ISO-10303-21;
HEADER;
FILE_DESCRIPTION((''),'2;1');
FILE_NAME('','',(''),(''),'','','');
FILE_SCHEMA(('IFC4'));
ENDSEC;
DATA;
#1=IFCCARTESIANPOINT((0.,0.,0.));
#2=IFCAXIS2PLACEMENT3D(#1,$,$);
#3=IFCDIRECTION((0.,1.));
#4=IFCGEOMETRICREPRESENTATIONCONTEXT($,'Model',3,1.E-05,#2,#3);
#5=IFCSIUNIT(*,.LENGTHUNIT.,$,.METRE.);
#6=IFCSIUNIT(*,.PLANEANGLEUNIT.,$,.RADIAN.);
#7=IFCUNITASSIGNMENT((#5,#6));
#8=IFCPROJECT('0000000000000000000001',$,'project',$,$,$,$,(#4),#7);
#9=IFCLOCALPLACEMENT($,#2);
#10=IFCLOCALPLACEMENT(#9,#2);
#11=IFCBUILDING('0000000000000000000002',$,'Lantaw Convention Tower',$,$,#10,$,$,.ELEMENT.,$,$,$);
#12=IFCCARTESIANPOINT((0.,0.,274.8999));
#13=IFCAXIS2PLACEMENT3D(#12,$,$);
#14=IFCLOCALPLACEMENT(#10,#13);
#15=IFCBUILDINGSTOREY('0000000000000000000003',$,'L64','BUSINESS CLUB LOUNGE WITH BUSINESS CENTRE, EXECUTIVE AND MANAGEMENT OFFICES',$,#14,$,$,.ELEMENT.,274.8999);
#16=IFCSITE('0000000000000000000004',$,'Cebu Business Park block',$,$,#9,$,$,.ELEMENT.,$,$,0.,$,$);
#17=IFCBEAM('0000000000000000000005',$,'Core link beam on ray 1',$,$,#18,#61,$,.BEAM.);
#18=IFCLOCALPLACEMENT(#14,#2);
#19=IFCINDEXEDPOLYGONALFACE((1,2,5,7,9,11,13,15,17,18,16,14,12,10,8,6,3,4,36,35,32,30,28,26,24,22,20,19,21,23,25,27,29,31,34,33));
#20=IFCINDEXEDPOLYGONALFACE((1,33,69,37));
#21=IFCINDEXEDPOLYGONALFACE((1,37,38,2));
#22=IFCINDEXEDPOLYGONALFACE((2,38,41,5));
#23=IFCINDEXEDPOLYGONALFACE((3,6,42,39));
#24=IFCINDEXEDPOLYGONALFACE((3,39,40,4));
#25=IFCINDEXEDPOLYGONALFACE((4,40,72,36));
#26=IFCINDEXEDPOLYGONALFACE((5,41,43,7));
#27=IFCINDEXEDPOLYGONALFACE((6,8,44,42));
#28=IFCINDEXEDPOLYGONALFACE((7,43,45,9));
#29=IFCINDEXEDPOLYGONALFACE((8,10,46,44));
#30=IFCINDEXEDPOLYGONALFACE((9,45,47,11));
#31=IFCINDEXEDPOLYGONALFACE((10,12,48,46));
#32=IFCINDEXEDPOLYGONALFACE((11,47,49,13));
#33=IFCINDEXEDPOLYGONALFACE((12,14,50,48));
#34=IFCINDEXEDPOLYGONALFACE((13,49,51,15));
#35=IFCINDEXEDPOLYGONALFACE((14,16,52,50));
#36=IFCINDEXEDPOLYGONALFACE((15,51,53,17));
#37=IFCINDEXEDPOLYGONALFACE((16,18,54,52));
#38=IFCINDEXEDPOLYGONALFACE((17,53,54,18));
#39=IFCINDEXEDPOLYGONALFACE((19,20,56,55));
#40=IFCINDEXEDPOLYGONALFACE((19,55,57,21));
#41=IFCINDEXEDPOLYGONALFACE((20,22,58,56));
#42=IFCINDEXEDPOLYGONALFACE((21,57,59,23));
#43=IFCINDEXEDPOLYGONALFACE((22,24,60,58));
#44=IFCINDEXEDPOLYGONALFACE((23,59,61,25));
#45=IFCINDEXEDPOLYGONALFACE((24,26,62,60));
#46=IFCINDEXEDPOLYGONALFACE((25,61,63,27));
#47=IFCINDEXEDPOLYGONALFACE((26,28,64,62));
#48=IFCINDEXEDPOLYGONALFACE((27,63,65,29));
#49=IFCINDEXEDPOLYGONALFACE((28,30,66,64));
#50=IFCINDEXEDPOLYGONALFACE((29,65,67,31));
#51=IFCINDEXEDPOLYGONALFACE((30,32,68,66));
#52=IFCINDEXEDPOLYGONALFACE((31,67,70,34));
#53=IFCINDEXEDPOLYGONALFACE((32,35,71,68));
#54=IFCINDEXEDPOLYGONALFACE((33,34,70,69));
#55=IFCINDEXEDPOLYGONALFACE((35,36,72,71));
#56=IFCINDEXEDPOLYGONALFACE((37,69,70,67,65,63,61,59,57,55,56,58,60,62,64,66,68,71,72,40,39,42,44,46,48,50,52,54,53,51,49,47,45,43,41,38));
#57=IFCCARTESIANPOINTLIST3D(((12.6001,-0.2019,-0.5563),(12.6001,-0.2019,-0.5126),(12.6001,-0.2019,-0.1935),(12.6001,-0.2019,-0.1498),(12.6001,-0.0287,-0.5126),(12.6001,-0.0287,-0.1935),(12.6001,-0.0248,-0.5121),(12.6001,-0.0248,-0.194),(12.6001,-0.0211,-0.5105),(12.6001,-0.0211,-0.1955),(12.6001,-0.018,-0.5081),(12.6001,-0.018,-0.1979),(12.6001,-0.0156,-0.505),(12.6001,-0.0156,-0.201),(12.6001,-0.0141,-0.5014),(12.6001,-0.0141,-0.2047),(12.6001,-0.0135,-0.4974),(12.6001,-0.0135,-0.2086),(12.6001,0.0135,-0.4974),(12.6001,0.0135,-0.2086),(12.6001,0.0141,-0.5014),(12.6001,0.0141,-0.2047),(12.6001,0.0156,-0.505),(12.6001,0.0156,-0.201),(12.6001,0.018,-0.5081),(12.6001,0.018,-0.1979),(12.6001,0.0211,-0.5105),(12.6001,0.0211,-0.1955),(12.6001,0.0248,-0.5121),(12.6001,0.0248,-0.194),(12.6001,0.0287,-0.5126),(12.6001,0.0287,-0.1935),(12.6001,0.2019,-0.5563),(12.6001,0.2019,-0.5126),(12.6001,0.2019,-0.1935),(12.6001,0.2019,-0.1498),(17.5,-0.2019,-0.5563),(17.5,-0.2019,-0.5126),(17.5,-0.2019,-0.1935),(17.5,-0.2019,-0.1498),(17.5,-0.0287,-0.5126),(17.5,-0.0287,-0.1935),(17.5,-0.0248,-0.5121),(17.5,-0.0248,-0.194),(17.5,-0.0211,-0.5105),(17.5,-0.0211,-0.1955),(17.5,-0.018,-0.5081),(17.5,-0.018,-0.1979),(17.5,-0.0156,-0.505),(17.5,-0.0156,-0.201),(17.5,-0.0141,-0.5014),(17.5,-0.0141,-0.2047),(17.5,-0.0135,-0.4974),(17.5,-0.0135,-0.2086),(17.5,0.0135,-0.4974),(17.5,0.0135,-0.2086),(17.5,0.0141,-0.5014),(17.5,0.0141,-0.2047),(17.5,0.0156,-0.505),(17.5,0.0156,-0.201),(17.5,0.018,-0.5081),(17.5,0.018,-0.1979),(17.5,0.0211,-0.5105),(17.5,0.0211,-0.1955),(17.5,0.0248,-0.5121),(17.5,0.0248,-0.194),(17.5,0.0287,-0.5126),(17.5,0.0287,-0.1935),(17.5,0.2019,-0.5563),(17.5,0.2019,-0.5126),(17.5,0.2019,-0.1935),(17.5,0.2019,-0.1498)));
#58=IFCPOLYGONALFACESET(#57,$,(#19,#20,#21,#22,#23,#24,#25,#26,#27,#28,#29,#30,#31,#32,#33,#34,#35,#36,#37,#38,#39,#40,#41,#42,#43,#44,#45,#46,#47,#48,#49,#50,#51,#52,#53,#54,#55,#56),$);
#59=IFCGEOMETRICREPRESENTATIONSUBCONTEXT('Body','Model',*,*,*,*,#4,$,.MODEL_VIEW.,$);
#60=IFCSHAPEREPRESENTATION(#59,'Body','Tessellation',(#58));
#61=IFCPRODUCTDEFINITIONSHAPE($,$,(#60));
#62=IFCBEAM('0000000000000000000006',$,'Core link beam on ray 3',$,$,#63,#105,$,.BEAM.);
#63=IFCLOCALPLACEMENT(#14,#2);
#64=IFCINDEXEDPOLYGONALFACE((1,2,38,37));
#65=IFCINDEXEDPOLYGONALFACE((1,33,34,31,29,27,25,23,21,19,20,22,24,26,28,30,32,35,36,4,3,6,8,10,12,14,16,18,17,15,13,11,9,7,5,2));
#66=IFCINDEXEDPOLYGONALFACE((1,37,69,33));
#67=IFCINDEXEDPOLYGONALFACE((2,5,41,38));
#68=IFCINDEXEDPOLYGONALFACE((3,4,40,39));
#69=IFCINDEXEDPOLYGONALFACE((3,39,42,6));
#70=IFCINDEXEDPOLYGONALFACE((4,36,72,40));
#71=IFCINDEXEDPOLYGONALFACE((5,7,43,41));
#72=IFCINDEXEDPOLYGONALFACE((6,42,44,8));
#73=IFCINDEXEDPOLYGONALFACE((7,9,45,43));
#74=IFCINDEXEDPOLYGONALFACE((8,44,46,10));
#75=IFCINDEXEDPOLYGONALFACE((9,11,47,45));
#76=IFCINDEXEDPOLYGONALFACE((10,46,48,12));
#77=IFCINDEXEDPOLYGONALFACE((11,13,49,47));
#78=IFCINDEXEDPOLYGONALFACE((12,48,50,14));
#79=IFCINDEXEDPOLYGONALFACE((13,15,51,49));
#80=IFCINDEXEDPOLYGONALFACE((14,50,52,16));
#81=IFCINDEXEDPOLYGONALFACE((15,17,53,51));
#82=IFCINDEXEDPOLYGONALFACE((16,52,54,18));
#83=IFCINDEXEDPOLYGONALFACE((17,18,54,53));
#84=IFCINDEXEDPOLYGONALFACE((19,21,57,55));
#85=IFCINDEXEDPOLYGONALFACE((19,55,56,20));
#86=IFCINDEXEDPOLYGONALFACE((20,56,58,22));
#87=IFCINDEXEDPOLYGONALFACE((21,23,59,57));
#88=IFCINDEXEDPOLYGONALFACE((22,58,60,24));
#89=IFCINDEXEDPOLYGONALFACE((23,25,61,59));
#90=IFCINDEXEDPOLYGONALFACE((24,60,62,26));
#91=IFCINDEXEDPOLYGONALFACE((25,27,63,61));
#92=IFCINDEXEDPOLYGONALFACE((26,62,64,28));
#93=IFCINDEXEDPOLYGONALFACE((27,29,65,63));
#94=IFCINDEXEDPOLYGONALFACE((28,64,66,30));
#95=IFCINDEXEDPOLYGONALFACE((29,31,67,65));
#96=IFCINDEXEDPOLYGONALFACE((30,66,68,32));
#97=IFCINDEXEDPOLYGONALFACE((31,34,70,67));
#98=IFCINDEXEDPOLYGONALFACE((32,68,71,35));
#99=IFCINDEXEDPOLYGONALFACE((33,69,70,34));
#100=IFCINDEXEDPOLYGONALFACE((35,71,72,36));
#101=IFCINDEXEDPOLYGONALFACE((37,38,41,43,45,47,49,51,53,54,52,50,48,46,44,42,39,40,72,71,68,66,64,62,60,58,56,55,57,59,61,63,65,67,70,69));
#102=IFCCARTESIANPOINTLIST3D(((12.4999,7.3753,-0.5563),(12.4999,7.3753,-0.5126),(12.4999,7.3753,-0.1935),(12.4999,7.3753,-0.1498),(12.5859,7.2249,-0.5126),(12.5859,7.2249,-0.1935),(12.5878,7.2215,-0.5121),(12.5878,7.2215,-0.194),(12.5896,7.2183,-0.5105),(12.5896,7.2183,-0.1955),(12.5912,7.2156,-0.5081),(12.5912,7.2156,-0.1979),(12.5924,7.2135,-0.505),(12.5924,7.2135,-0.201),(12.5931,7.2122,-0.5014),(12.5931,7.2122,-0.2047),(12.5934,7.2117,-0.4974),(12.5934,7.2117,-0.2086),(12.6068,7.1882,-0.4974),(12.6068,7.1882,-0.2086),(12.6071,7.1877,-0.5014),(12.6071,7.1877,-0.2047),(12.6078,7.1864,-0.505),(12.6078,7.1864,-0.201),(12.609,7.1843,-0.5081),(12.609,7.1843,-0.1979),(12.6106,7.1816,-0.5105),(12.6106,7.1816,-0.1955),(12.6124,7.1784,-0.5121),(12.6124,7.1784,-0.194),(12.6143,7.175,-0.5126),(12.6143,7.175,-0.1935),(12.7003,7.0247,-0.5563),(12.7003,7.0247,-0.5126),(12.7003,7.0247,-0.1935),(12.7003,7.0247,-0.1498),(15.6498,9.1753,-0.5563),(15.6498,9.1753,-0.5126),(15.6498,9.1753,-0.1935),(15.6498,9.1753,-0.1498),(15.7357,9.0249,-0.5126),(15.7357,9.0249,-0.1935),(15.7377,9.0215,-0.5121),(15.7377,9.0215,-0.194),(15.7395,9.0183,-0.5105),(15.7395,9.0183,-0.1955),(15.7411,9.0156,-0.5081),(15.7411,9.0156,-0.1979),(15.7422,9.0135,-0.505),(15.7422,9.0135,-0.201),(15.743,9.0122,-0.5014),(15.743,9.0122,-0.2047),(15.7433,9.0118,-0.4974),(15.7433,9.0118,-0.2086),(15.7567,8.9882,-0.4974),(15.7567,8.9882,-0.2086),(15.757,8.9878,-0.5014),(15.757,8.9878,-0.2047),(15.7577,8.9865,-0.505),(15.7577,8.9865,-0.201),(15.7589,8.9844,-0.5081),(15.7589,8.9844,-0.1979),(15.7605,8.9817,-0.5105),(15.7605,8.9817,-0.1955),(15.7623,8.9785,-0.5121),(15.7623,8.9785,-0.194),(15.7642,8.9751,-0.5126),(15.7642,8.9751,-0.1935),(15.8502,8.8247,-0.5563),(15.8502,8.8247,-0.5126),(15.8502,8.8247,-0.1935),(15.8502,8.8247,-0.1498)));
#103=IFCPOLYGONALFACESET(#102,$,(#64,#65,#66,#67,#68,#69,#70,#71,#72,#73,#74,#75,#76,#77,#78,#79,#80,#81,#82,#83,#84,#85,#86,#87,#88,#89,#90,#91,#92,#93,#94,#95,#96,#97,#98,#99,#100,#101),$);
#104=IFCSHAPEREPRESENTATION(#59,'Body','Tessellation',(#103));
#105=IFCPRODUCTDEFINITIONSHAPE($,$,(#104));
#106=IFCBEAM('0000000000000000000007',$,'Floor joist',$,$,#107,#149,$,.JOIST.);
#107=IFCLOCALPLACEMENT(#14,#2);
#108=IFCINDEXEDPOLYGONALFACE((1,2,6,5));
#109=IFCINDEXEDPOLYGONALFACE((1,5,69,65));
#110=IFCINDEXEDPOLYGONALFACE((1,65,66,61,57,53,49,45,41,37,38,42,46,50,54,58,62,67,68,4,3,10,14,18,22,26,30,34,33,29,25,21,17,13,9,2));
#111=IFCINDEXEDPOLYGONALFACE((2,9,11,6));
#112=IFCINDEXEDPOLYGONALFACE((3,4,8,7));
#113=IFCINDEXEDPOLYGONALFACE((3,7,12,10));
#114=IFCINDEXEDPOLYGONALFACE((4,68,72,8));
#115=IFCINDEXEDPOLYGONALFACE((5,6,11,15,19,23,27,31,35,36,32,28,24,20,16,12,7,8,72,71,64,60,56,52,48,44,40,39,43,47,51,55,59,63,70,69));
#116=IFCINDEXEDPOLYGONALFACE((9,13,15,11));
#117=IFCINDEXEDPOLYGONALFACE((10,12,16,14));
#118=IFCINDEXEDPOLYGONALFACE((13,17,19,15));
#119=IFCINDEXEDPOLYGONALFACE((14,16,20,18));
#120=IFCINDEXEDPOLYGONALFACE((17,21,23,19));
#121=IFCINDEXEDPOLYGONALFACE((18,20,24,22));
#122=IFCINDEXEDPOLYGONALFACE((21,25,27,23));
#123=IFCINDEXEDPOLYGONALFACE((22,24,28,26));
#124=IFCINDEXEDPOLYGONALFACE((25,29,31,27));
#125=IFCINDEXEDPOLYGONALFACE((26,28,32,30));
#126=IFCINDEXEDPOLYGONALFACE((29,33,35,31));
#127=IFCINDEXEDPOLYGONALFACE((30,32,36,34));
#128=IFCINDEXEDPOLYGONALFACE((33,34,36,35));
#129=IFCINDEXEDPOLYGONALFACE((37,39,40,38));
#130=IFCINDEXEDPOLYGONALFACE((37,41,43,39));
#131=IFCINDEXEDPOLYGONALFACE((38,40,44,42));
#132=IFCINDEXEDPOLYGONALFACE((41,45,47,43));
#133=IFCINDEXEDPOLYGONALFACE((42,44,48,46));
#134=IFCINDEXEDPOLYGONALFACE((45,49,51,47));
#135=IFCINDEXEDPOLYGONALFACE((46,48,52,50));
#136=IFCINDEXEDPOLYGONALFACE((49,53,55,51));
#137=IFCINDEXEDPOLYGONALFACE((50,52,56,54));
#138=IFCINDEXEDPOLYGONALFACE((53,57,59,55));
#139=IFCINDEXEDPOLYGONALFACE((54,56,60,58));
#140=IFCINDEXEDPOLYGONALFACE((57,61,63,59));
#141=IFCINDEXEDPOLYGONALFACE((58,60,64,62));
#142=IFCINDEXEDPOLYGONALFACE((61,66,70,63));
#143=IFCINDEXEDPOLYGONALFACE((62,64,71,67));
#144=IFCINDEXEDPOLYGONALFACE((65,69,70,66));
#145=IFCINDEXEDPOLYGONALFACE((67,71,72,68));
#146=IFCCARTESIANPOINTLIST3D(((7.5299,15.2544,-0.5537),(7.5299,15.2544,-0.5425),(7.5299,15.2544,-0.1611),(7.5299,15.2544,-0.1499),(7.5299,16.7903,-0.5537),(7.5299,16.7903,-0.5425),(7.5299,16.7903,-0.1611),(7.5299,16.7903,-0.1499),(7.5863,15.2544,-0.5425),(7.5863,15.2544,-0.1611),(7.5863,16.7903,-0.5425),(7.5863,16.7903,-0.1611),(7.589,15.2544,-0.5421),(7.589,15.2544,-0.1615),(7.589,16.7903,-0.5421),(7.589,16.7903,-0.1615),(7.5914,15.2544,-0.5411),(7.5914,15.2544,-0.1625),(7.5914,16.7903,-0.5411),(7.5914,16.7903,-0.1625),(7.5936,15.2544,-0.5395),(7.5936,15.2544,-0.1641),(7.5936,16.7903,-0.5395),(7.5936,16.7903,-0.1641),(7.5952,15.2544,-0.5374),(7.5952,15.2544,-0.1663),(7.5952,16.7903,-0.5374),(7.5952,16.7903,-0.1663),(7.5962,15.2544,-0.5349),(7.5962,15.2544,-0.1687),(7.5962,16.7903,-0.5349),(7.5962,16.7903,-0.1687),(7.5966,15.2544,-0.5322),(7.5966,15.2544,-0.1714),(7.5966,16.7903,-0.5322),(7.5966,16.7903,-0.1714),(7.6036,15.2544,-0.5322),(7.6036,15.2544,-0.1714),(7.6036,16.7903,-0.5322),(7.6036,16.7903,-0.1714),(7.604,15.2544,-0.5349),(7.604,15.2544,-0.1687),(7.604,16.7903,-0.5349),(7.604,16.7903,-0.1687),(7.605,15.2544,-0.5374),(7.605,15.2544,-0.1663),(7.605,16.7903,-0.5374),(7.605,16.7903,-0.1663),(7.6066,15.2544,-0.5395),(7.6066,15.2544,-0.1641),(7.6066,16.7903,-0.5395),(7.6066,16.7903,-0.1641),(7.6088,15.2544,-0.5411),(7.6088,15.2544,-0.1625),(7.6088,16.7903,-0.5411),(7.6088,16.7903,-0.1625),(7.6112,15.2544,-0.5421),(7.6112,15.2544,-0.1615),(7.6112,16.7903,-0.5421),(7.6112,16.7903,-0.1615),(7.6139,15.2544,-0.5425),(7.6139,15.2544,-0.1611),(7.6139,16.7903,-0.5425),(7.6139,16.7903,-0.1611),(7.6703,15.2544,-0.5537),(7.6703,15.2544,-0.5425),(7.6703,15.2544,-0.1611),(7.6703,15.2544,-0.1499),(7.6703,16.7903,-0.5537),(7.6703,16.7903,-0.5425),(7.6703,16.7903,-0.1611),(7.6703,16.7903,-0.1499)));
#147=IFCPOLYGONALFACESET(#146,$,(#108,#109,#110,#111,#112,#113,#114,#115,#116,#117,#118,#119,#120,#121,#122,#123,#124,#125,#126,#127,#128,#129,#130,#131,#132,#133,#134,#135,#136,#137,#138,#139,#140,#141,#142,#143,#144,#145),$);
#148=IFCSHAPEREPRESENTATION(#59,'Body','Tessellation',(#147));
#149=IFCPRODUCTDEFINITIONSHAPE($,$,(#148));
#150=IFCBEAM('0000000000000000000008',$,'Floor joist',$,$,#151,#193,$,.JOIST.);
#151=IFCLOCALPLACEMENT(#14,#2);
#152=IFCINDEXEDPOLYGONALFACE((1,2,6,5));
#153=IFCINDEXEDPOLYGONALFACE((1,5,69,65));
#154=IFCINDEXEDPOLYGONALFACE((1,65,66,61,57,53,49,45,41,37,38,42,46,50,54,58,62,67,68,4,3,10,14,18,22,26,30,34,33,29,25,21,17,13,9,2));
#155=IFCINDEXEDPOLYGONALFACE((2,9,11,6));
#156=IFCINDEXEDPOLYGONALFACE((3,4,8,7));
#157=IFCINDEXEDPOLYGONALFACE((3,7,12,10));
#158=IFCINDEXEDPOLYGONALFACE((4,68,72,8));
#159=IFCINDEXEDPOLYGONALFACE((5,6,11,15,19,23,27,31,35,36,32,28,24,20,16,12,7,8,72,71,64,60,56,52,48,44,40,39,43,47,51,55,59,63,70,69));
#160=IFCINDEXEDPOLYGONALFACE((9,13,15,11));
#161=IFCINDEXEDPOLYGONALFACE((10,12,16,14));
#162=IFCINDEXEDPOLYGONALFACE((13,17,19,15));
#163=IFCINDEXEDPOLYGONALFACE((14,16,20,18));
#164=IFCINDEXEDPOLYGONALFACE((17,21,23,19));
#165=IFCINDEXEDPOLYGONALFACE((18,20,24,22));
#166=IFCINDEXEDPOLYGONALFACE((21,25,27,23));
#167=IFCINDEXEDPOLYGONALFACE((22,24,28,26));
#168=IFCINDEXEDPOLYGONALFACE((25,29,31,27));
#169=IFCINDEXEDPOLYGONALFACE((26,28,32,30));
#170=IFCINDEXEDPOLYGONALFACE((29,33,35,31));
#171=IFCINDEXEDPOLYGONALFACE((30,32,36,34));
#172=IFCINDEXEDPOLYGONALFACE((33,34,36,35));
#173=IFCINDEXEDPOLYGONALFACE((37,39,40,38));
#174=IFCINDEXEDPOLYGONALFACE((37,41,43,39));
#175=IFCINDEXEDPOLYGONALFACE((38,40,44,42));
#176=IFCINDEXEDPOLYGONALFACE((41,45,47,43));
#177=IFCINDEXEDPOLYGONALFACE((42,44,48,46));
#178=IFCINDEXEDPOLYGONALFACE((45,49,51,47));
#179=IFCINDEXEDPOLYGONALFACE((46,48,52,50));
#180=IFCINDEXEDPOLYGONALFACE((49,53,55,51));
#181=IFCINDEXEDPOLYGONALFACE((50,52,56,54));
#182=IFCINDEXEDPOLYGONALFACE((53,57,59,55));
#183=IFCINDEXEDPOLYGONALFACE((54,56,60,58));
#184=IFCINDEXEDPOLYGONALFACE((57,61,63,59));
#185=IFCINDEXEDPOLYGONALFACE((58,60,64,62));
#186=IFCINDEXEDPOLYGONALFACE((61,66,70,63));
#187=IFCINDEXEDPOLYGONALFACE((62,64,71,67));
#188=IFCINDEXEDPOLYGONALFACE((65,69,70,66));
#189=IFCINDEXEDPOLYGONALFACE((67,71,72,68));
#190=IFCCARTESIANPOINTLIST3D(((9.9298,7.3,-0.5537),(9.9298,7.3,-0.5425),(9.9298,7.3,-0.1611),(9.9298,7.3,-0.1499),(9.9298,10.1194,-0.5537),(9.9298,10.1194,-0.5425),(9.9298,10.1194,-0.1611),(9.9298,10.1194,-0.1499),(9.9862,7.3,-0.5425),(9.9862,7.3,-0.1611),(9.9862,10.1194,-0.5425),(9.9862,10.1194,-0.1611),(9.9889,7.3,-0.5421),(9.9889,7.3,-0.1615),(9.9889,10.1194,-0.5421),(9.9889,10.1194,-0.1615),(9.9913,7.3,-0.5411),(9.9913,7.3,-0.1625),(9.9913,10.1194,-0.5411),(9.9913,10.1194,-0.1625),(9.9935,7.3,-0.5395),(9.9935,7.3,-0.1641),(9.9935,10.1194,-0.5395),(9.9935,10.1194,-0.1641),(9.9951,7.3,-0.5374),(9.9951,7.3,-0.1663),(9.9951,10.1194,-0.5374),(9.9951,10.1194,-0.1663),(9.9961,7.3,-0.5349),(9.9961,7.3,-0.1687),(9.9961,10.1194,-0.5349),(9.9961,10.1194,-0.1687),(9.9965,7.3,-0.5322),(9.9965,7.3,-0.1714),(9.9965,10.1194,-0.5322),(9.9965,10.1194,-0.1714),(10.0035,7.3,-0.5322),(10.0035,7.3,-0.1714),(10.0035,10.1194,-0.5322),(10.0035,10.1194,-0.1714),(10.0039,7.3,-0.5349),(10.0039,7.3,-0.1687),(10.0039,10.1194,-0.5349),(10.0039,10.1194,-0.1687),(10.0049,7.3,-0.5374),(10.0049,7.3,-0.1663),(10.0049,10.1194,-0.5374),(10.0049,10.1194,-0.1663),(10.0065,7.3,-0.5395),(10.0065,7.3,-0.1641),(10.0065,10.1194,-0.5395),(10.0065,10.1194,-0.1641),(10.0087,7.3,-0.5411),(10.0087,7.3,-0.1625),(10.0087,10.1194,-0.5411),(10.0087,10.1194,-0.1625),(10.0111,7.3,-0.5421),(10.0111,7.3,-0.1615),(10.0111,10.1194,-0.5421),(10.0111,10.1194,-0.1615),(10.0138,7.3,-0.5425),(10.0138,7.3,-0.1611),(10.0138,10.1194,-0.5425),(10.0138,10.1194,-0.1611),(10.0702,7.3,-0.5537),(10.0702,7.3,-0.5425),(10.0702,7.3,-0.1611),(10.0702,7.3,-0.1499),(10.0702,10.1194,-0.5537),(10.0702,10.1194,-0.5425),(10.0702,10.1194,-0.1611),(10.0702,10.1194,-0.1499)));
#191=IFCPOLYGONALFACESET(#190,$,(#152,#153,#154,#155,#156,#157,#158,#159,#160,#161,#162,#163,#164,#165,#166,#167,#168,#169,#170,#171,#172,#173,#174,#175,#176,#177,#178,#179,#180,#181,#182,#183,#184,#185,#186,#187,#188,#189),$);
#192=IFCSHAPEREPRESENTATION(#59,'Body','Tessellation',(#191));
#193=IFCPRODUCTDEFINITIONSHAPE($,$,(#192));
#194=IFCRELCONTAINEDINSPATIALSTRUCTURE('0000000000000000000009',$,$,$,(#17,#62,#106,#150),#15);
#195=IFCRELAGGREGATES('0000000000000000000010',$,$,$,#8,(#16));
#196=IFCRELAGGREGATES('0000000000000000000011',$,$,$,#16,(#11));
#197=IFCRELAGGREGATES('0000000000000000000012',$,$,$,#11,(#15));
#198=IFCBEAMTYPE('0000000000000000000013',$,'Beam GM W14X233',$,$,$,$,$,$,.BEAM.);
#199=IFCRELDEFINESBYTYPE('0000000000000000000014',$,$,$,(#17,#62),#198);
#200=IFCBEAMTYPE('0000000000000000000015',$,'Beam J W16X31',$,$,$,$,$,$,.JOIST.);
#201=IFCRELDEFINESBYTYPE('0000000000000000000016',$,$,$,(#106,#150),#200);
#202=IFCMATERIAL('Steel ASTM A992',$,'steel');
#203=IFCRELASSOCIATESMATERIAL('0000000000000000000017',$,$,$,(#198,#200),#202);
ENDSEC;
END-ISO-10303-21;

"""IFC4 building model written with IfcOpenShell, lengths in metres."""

from ifc_helpers import new_model, si_unit, direction, frame, origin, origin_2d, place, context, subcontext, project, spatial, i_section, extrude, material, material_profile, profile_set, type_object, element, save


model = new_model("IFC4")

# Units and contexts
model_context = context("Model", 3, precision=1e-05, world=origin(), true_north=direction((0.0, 1.0)))
body_context = subcontext(model_context, "Body", "Model", "MODEL_VIEW")
ifc_project = project(units=[si_unit("LENGTHUNIT", "METRE"), si_unit("PLANEANGLEUNIT", "RADIAN")], contexts=[model_context])

# Site, building, storey
site_placement = place(None, origin())
site = spatial("IfcSite", under=ifc_project, at=site_placement, Name="Cebu Business Park block", CompositionType="ELEMENT", RefElevation=0.0)
building_placement = place(site_placement, origin())
building = spatial("IfcBuilding", under=site, at=building_placement, Name="Lantaw Convention Tower", CompositionType="ELEMENT")
storey_placement = place(building_placement, frame((0.0, 0.0, 274.8999)))
storey = spatial("IfcBuildingStorey", under=building, at=storey_placement, Name="L64", Description="BUSINESS CLUB LOUNGE WITH BUSINESS CENTRE, EXECUTIVE AND MANAGEMENT OFFICES", CompositionType="ELEMENT", Elevation=274.8999)

# Beams
ifc_material_1 = material(Name="Steel ASTM A992", Category="steel")
ifc_material_profile_1 = material_profile(ifc_material_1, i_section(OverallWidth=0.4038, OverallDepth=0.4065, WebThickness=0.0271, FlangeThickness=0.0437, FilletRadius=0.0151, at=origin_2d()), Name="W14X233")
ifc_profile_set_1 = profile_set([ifc_material_profile_1], Name="Steel ASTM A992")
beam_type_1 = type_object("IfcBeamType", Name="Beam GM W14X233", PredefinedType="BEAM", material=ifc_profile_set_1)
beam_1_placement = place(storey_placement, frame((12.6001, 0.0, -0.353), z_axis=(1.0, 0.0, 0.0), x_axis=(0.0, 1.0, 0.0)))
element("IfcBeam", 1, at=beam_1_placement, inside=storey, type_object=beam_type_1, Name="Core link beam on ray 1", PredefinedType="BEAM", context=body_context, shape_type="SweptSolid", body=[
    extrude(i_section(OverallWidth=0.4038, OverallDepth=0.4065, WebThickness=0.0271, FlangeThickness=0.0437, FilletRadius=0.0151, at=origin_2d()), origin(), (0.0, 0.0, 1.0), 4.8999),
])
beam_2_placement = place(storey_placement, frame((12.6001, 7.2, -0.353), z_axis=(0.868231, 0.496161, 0.0), x_axis=(-0.496161, 0.868231, 0.0)))
element("IfcBeam", 2, at=beam_2_placement, inside=storey, type_object=beam_type_1, Name="Core link beam on ray 3", PredefinedType="BEAM", context=body_context, shape_type="SweptSolid", body=[
    extrude(i_section(OverallWidth=0.4038, OverallDepth=0.4065, WebThickness=0.0271, FlangeThickness=0.0437, FilletRadius=0.0151, at=origin_2d()), origin(), (0.0, 0.0, 1.0), 3.6279),
])
ifc_material_profile_2 = material_profile(ifc_material_1, i_section(OverallWidth=0.1404, OverallDepth=0.4038, WebThickness=0.0071, FlangeThickness=0.0112, FilletRadius=0.0103, at=origin_2d()), Name="W16X31")
ifc_profile_set_2 = profile_set([ifc_material_profile_2], Name="Steel ASTM A992")
beam_type_2 = type_object("IfcBeamType", Name="Beam J W16X31", PredefinedType="JOIST", material=ifc_profile_set_2)
beam_3_placement = place(storey_placement, frame((7.6001, 15.2544, -0.3518), z_axis=(0.0, 1.0, 0.0), x_axis=(-1.0, 0.0, 0.0)))
element("IfcBeam", 3, at=beam_3_placement, inside=storey, type_object=beam_type_2, Name="Floor joist", PredefinedType="JOIST", context=body_context, shape_type="SweptSolid", body=[
    extrude(i_section(OverallWidth=0.1404, OverallDepth=0.4038, WebThickness=0.0071, FlangeThickness=0.0112, FilletRadius=0.0103, at=origin_2d()), origin(), (0.0, 0.0, 1.0), 1.5359),
])
beam_4_placement = place(storey_placement, frame((10.0, 7.3, -0.3518), z_axis=(0.0, 1.0, 0.0), x_axis=(-1.0, 0.0, 0.0)))
element("IfcBeam", 4, at=beam_4_placement, inside=storey, type_object=beam_type_2, Name="Floor joist", PredefinedType="JOIST", context=body_context, shape_type="SweptSolid", body=[
    extrude(i_section(OverallWidth=0.1404, OverallDepth=0.4038, WebThickness=0.0071, FlangeThickness=0.0112, FilletRadius=0.0103, at=origin_2d()), origin(), (0.0, 0.0, 1.0), 2.8193),
])

save(model, "model.ifc")
